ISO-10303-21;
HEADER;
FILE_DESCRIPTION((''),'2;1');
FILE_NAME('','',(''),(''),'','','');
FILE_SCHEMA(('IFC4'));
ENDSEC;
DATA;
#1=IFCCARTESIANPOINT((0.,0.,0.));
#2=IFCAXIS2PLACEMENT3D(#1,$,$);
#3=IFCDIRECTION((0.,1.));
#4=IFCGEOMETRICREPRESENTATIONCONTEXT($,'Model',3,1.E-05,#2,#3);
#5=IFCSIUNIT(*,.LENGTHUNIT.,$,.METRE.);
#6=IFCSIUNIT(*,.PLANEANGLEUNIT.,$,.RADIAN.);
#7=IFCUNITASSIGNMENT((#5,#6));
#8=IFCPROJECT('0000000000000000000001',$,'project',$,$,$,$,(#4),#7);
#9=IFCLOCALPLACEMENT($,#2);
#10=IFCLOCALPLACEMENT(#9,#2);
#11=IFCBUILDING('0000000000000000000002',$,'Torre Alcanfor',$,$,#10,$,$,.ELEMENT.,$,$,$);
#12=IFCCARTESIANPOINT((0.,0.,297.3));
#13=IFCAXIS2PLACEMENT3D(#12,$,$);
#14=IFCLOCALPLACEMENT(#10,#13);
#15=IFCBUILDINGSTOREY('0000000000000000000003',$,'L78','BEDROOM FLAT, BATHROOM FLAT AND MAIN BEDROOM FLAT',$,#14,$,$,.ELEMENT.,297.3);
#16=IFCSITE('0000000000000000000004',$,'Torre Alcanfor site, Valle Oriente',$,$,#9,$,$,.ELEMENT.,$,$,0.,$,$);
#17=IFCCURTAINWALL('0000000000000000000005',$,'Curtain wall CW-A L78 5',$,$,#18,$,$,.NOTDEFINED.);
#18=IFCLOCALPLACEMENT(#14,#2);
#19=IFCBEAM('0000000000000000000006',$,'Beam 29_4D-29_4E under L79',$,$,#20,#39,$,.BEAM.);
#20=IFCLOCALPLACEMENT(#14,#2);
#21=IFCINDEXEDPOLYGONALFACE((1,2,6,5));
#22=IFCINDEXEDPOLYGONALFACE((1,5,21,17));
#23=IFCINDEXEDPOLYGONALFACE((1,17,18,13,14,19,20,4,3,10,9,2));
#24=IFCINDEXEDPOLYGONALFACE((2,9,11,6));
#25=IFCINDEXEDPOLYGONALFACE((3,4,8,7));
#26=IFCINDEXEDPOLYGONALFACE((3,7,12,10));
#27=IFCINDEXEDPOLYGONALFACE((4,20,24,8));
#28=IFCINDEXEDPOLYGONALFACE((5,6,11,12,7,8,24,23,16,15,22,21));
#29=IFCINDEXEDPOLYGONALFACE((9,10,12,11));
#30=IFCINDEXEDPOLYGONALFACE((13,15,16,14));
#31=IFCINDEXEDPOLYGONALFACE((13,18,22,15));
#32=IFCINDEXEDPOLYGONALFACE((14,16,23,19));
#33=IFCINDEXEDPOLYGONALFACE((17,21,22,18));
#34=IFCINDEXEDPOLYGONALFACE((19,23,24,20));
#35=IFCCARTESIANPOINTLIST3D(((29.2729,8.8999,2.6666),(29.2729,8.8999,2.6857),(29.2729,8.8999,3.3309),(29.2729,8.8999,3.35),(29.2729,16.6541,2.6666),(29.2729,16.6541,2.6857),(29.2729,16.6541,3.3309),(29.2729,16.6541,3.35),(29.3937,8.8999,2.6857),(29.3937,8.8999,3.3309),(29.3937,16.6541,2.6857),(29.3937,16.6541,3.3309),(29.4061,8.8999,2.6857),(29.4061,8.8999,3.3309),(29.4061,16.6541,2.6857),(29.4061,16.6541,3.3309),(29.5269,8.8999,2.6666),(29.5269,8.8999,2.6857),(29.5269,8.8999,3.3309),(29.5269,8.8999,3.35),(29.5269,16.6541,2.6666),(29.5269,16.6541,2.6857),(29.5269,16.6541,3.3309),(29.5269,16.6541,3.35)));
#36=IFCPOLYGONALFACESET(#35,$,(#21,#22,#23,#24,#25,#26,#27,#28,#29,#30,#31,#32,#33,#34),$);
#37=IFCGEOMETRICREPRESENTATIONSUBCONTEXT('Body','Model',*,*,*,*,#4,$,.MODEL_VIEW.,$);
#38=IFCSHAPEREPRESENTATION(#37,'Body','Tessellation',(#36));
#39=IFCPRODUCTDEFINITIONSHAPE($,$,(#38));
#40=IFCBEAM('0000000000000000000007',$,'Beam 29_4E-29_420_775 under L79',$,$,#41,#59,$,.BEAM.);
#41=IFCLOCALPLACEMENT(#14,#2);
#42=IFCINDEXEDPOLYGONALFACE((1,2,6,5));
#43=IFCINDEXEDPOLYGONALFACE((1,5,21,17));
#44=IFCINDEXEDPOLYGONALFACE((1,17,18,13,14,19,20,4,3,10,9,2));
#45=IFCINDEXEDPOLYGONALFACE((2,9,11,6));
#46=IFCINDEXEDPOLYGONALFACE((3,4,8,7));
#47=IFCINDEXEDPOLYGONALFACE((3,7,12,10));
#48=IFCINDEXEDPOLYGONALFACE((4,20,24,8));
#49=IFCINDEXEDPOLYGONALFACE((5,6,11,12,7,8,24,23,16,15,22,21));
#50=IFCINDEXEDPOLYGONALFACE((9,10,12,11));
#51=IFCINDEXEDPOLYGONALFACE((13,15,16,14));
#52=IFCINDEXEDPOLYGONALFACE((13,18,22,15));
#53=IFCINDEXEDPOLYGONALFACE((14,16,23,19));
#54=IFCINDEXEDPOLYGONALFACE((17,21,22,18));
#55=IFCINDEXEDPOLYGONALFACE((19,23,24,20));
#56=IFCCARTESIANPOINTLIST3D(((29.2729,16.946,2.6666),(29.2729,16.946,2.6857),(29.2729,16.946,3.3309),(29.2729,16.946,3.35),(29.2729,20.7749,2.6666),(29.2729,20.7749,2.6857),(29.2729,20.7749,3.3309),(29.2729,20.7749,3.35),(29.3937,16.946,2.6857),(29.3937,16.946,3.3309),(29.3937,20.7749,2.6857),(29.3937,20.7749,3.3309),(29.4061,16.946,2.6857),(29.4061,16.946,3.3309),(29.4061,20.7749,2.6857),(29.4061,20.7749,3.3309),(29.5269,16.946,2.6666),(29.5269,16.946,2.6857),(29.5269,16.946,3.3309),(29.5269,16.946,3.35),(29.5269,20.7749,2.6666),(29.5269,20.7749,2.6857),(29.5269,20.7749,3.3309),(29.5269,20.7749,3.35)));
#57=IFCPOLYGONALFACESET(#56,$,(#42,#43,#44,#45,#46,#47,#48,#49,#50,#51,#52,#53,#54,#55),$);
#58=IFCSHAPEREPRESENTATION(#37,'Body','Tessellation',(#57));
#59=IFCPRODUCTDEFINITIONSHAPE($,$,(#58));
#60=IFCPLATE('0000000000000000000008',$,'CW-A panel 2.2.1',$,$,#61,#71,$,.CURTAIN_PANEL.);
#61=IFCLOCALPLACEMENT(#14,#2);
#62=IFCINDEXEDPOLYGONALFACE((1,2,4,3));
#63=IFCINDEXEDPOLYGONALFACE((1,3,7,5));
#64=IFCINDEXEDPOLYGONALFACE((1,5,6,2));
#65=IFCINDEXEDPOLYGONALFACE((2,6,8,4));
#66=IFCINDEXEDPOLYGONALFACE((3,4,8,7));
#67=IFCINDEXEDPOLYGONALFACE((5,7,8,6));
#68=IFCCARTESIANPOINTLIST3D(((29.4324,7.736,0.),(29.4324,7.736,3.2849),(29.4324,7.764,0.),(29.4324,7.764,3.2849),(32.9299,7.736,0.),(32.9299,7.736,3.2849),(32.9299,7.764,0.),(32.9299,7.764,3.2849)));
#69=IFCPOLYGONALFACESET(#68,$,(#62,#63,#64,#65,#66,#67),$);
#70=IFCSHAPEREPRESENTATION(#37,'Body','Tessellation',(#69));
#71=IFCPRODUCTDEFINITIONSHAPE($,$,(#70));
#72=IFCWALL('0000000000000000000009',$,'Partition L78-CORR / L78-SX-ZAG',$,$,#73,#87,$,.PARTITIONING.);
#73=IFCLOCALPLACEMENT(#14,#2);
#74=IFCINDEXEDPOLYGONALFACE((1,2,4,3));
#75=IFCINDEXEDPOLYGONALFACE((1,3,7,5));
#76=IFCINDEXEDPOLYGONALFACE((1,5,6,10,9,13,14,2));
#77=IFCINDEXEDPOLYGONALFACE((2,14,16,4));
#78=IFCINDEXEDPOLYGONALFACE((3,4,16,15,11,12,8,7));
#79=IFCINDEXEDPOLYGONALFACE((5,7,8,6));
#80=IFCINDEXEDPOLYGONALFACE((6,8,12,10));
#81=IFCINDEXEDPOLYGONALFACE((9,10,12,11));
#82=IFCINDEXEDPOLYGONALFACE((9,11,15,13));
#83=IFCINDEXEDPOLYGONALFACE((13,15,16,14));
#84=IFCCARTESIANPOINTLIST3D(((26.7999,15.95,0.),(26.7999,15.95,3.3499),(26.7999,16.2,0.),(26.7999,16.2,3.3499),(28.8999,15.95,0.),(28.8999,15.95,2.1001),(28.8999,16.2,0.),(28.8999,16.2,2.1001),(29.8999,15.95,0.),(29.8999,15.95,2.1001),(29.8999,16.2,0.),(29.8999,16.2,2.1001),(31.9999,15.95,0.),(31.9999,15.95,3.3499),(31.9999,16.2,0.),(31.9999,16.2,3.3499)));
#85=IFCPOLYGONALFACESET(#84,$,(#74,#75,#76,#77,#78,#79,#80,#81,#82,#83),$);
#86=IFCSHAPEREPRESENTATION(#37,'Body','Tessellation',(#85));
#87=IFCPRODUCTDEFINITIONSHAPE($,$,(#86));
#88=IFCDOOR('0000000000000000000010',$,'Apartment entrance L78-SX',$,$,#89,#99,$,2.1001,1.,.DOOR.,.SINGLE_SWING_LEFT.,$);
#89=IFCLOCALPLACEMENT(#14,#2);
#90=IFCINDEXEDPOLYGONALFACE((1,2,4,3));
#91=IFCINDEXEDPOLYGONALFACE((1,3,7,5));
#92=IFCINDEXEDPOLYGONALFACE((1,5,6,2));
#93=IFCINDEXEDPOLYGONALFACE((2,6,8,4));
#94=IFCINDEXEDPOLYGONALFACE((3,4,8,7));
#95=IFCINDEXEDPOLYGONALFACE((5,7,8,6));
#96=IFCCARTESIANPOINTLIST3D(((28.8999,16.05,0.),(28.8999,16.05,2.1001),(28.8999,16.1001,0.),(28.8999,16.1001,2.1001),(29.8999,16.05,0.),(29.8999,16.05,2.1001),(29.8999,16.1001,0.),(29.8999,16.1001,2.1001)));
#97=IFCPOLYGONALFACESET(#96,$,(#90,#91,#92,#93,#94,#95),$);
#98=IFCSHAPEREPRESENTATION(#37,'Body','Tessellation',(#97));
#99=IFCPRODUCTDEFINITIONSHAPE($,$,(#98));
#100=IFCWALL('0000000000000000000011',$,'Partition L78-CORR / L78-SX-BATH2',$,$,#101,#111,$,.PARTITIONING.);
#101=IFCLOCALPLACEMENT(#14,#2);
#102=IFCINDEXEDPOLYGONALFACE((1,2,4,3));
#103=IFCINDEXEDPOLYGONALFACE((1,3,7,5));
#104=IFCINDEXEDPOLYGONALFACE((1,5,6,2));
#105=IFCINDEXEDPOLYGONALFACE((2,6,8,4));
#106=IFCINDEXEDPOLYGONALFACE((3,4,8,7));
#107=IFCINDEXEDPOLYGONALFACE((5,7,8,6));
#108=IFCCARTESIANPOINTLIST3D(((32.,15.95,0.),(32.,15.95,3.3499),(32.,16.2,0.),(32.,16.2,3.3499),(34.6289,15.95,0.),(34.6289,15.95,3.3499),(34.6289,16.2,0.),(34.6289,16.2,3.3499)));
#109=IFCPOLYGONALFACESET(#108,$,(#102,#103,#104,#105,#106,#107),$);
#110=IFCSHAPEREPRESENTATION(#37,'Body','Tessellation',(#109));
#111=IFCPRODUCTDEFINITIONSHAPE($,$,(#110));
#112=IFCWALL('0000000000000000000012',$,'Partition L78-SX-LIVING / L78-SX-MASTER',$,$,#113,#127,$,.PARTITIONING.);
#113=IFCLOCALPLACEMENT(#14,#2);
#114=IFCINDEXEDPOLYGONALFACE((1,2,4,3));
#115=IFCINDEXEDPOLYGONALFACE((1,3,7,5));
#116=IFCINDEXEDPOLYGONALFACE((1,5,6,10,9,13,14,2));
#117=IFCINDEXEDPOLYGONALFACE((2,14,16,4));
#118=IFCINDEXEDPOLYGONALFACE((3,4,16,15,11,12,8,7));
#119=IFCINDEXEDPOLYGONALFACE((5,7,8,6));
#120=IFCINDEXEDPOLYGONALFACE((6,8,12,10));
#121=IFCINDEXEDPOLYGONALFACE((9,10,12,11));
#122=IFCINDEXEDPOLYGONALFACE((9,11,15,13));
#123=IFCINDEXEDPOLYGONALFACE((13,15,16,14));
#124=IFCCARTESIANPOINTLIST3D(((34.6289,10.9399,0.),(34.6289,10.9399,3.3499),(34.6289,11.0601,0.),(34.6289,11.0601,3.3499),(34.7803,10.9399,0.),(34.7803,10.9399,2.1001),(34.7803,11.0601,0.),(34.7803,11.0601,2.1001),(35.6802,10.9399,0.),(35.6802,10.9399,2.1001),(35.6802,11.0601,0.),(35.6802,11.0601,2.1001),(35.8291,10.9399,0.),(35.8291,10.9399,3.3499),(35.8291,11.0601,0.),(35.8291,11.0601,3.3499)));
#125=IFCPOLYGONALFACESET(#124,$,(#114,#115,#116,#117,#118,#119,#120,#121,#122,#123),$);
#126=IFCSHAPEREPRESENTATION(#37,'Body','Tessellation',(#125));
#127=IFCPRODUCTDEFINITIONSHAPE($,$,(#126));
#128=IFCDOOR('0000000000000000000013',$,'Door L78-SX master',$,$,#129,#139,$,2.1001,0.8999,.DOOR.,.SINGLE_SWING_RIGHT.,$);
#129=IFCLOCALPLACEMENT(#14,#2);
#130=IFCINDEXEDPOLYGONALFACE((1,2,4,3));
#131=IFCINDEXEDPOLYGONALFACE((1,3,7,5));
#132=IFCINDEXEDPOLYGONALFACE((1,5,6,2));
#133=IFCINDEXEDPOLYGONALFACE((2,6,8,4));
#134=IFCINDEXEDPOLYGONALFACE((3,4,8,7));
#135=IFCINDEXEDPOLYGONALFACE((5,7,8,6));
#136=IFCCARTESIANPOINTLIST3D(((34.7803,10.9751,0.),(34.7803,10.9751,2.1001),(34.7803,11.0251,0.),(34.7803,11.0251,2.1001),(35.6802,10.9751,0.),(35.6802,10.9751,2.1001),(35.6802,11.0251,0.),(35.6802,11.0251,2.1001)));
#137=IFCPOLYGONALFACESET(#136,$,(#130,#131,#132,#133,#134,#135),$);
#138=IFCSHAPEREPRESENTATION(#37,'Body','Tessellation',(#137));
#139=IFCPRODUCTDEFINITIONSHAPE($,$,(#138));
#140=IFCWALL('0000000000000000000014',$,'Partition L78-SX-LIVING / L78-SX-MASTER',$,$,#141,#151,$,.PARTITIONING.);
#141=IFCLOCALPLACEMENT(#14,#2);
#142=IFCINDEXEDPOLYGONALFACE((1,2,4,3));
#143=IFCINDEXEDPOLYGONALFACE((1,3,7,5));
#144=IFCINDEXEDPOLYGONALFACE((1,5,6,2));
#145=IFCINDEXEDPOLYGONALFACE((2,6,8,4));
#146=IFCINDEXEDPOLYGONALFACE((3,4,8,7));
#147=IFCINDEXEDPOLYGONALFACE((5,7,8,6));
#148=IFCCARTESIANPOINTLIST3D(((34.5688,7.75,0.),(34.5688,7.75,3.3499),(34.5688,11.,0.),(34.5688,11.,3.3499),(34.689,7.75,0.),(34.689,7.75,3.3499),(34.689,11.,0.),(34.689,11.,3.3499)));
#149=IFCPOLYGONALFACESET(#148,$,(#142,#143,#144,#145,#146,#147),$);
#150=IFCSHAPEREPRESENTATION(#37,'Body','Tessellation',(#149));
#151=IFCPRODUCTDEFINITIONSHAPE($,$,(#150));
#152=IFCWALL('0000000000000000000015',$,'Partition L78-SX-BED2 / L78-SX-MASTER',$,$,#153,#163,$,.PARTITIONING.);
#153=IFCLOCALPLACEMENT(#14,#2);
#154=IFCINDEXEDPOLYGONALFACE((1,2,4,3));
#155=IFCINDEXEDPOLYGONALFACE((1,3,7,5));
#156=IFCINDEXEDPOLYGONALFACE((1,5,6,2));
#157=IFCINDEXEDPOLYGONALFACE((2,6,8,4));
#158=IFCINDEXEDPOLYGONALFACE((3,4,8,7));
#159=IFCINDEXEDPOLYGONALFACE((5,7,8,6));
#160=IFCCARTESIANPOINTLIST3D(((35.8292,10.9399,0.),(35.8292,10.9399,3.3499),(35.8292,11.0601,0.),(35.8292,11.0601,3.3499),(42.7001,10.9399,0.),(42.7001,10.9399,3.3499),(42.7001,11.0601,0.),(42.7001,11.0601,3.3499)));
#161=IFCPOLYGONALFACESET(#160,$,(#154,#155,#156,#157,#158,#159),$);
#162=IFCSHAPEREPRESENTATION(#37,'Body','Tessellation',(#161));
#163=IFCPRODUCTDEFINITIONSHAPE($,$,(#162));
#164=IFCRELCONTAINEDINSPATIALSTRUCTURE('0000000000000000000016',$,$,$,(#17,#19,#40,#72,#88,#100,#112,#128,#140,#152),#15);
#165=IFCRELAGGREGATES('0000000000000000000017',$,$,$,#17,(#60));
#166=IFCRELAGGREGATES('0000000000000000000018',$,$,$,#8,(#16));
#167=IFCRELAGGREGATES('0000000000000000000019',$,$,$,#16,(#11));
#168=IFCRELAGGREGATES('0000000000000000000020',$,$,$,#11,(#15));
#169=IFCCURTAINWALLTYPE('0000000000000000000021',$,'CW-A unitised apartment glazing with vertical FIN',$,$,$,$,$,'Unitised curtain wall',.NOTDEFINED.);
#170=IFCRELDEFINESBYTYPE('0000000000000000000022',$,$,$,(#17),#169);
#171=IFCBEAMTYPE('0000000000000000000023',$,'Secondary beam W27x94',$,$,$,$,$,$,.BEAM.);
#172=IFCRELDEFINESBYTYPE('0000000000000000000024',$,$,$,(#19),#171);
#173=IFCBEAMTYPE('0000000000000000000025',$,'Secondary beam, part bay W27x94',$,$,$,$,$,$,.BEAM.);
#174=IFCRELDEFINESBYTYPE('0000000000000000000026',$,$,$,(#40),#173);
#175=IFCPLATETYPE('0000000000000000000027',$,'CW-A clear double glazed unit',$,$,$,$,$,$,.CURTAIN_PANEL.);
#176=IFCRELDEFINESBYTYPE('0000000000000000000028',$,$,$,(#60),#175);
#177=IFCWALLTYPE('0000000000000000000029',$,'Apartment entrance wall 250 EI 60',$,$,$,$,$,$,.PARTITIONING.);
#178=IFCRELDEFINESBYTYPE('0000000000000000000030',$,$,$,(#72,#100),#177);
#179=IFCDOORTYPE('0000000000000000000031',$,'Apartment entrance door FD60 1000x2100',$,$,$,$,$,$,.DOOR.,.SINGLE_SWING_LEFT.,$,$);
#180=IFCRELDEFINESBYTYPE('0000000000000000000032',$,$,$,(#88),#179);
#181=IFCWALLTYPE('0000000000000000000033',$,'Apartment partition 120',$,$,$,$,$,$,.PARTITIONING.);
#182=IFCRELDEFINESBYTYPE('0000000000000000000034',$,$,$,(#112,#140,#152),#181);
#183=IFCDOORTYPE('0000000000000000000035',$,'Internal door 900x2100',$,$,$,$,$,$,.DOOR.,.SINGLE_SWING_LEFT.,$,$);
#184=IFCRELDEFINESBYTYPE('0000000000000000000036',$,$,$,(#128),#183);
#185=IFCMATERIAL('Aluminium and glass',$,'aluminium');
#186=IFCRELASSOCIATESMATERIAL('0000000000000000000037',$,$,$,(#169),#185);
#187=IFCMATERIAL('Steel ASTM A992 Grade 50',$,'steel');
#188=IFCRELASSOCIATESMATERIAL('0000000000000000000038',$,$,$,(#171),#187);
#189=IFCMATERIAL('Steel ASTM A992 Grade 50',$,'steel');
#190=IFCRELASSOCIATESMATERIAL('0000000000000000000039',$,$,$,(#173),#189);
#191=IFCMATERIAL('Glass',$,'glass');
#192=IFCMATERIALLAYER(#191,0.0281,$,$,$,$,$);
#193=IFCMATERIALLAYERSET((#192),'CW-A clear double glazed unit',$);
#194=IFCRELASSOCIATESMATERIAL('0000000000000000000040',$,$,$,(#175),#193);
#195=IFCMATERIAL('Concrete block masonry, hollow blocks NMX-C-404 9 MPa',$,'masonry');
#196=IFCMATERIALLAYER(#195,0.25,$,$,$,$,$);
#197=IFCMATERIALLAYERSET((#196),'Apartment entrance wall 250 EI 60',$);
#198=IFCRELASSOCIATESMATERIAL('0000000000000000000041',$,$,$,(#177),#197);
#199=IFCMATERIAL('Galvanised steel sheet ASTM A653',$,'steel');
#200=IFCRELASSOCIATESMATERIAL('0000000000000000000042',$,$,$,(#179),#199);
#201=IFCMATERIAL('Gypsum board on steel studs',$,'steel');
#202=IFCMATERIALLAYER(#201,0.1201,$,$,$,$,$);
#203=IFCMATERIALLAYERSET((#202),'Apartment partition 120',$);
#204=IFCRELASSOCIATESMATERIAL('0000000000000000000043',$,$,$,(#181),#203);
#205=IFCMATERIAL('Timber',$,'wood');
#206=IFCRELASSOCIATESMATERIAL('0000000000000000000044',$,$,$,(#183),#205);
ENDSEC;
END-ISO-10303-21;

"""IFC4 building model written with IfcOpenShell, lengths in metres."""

from ifc_helpers import new_model, si_unit, direction, frame, frame_2d, origin, origin_2d, place, context, subcontext, project, spatial, rectangle, i_section, extrude, material, layer, layer_set, material_profile, profile_set, type_object, element, fill, aggregate, save


model = new_model("IFC4")

# Units and contexts
model_context = context("Model", 3, precision=1e-05, world=origin(), true_north=direction((0.0, 1.0)))
body_context = subcontext(model_context, "Body", "Model", "MODEL_VIEW")
ifc_project = project(units=[si_unit("LENGTHUNIT", "METRE"), si_unit("PLANEANGLEUNIT", "RADIAN")], contexts=[model_context])

# Site, building, storey
site_placement = place(None, origin())
site = spatial("IfcSite", under=ifc_project, at=site_placement, Name="Torre Alcanfor site, Valle Oriente", CompositionType="ELEMENT", RefElevation=0.0)
building_placement = place(site_placement, origin())
building = spatial("IfcBuilding", under=site, at=building_placement, Name="Torre Alcanfor", CompositionType="ELEMENT")
storey_placement = place(building_placement, frame((0.0, 0.0, 297.3)))
storey = spatial("IfcBuildingStorey", under=building, at=storey_placement, Name="L78", Description="BEDROOM FLAT, BATHROOM FLAT AND MAIN BEDROOM FLAT", CompositionType="ELEMENT", Elevation=297.3)

# Curtain wall
ifc_material_1 = material(Name="Aluminium and glass", Category="aluminium")
curtain_wall_type = type_object("IfcCurtainWallType", Name="CW-A unitised apartment glazing with vertical FIN", ElementType="Unitised curtain wall", PredefinedType="NOTDEFINED", material=ifc_material_1)
curtain_wall_placement = place(storey_placement, origin())
curtain_wall = element("IfcCurtainWall", 1, at=curtain_wall_placement, inside=storey, type_object=curtain_wall_type, Name="Curtain wall CW-A L78 5", PredefinedType="NOTDEFINED")

# Beams
ifc_material_2 = material(Name="Steel ASTM A992 Grade 50", Category="steel")
ifc_material_profile_1 = material_profile(ifc_material_2, i_section(OverallWidth=0.2539, OverallDepth=0.6833, WebThickness=0.0125, FlangeThickness=0.019, at=origin_2d()), Name="W27x94")
ifc_profile_set_1 = profile_set([ifc_material_profile_1], Name="Steel ASTM A992 Grade 50")
beam_type_1 = type_object("IfcBeamType", Name="Secondary beam W27x94", PredefinedType="BEAM", material=ifc_profile_set_1)
beam_1_placement = place(storey_placement, frame((29.3999, 8.8999, 3.0083), z_axis=(0.0, 1.0, 0.0), x_axis=(-1.0, 0.0, 0.0)))
element("IfcBeam", 2, at=beam_1_placement, inside=storey, type_object=beam_type_1, Name="Beam 29_4D-29_4E under L79", PredefinedType="BEAM", context=body_context, shape_type="SweptSolid", body=[
    extrude(i_section(OverallWidth=0.2539, OverallDepth=0.6833, WebThickness=0.0125, FlangeThickness=0.019, at=origin_2d()), origin(), (0.0, 0.0, 1.0), 7.7542),
])
ifc_material_3 = material(Name="Steel ASTM A992 Grade 50", Category="steel")
ifc_material_profile_2 = material_profile(ifc_material_3, i_section(OverallWidth=0.2539, OverallDepth=0.6833, WebThickness=0.0125, FlangeThickness=0.019, at=origin_2d()), Name="W27x94")
ifc_profile_set_2 = profile_set([ifc_material_profile_2], Name="Steel ASTM A992 Grade 50")
beam_type_2 = type_object("IfcBeamType", Name="Secondary beam, part bay W27x94", PredefinedType="BEAM", material=ifc_profile_set_2)
beam_2_placement = place(storey_placement, frame((29.3999, 16.946, 3.0083), z_axis=(0.0, 1.0, 0.0), x_axis=(-1.0, 0.0, 0.0)))
element("IfcBeam", 3, at=beam_2_placement, inside=storey, type_object=beam_type_2, Name="Beam 29_4E-29_420_775 under L79", PredefinedType="BEAM", context=body_context, shape_type="SweptSolid", body=[
    extrude(i_section(OverallWidth=0.2539, OverallDepth=0.6833, WebThickness=0.0125, FlangeThickness=0.019, at=origin_2d()), origin(), (0.0, 0.0, 1.0), 3.8289),
])

# Plate
ifc_material_4 = material(Name="Glass", Category="glass")
ifc_layer_1 = layer(ifc_material_4, 0.0281)
ifc_layer_set_1 = layer_set([ifc_layer_1], Name="CW-A clear double glazed unit")
plate_type = type_object("IfcPlateType", Name="CW-A clear double glazed unit", PredefinedType="CURTAIN_PANEL", material=ifc_layer_set_1)
plate_placement = place(storey_placement, frame((31.1812, 7.75, 0.0), z_axis=(0.0, 0.0, 1.0), x_axis=(1.0, 0.0, 0.0)))
plate = element("IfcPlate", 4, at=plate_placement, type_object=plate_type, Name="CW-A panel 2.2.1", PredefinedType="CURTAIN_PANEL", context=body_context, shape_type="SweptSolid", body=[
    extrude(rectangle(XDim=3.4976, YDim=0.0281, at=origin_2d()), origin(), (0.0, 0.0, 1.0), 3.2849),
])
aggregate(curtain_wall, [plate])

# Wall, opening, door
ifc_material_5 = material(Name="Concrete block masonry, hollow blocks NMX-C-404 9 MPa", Category="masonry")
ifc_layer_2 = layer(ifc_material_5, 0.25)
ifc_layer_set_2 = layer_set([ifc_layer_2], Name="Apartment entrance wall 250 EI 60")
wall_type_1 = type_object("IfcWallType", Name="Apartment entrance wall 250 EI 60", PredefinedType="PARTITIONING", material=ifc_layer_set_2)
wall_1_placement = place(storey_placement, frame((32.0, 16.075, 0.0), z_axis=(0.0, 0.0, 1.0), x_axis=(-1.0, 0.0, 0.0)))
wall_1 = element("IfcWall", 5, at=wall_1_placement, inside=storey, type_object=wall_type_1, Name="Partition L78-CORR / L78-SX-ZAG", PredefinedType="PARTITIONING", context=body_context, shape_type="SweptSolid", body=[
    extrude(rectangle(XDim=5.2, YDim=0.25, at=frame_2d((2.6001, 0.0))), origin(), (0.0, 0.0, 1.0), 3.3499),
])
opening_1_placement = place(wall_1_placement, frame((2.1001, 0.0, 0.0)))
opening_1 = element("IfcOpeningElement", 6, at=opening_1_placement, cuts=wall_1, PredefinedType="OPENING", context=body_context, shape_type="SweptSolid", body=[
    extrude(rectangle(XDim=1.0, YDim=2.1001, at=frame_2d((0.5, 1.05))), frame((0.0, 0.135, 0.0), z_axis=(0.0, -1.0, 0.0), x_axis=(1.0, 0.0, 0.0)), (0.0, 0.0, 1.0), 0.27),
])
ifc_material_6 = material(Name="Galvanised steel sheet ASTM A653", Category="steel")
door_type_1 = type_object("IfcDoorType", Name="Apartment entrance door FD60 1000x2100", OperationType="SINGLE_SWING_LEFT", PredefinedType="DOOR", material=ifc_material_6)
door_1_placement = place(opening_1_placement, origin())
door_1 = element("IfcDoor", 7, at=door_1_placement, inside=storey, type_object=door_type_1, Name="Apartment entrance L78-SX", OperationType="SINGLE_SWING_LEFT", OverallHeight=2.1001, OverallWidth=1.0, PredefinedType="DOOR", context=body_context, shape_type="SweptSolid", body=[
    extrude(rectangle(XDim=1.0, YDim=2.1001, at=frame_2d((0.5, 1.05))), frame((0.0, 0.0249, 0.0), z_axis=(0.0, -1.0, 0.0), x_axis=(1.0, 0.0, 0.0)), (0.0, 0.0, 1.0), 0.05),
])
fill(opening_1, door_1)

# Wall
wall_2_placement = place(storey_placement, frame((34.6289, 16.075, 0.0), z_axis=(0.0, 0.0, 1.0), x_axis=(-1.0, 0.0, 0.0)))
element("IfcWall", 8, at=wall_2_placement, inside=storey, type_object=wall_type_1, Name="Partition L78-CORR / L78-SX-BATH2", PredefinedType="PARTITIONING", context=body_context, shape_type="SweptSolid", body=[
    extrude(rectangle(XDim=2.6289, YDim=0.25, at=frame_2d((1.3145, 0.0))), origin(), (0.0, 0.0, 1.0), 3.3499),
])

# Wall, opening, door
ifc_material_7 = material(Name="Gypsum board on steel studs", Category="steel")
ifc_layer_3 = layer(ifc_material_7, 0.1201)
ifc_layer_set_3 = layer_set([ifc_layer_3], Name="Apartment partition 120")
wall_type_2 = type_object("IfcWallType", Name="Apartment partition 120", PredefinedType="PARTITIONING", material=ifc_layer_set_3)
wall_3_placement = place(storey_placement, frame((35.8291, 11.0, 0.0), z_axis=(0.0, 0.0, 1.0), x_axis=(-1.0, 0.0, 0.0)))
wall_3 = element("IfcWall", 9, at=wall_3_placement, inside=storey, type_object=wall_type_2, Name="Partition L78-SX-LIVING / L78-SX-MASTER", PredefinedType="PARTITIONING", context=body_context, shape_type="SweptSolid", body=[
    extrude(rectangle(XDim=1.2002, YDim=0.1201, at=frame_2d((0.6001, 0.0))), origin(), (0.0, 0.0, 1.0), 3.3499),
])
opening_2_placement = place(wall_3_placement, frame((0.1489, 0.0, 0.0)))
opening_2 = element("IfcOpeningElement", 10, at=opening_2_placement, cuts=wall_3, PredefinedType="OPENING", context=body_context, shape_type="SweptSolid", body=[
    extrude(rectangle(XDim=0.8999, YDim=2.1001, at=frame_2d((0.45, 1.05))), frame((0.0, 0.0701, 0.0), z_axis=(0.0, -1.0, 0.0), x_axis=(1.0, 0.0, 0.0)), (0.0, 0.0, 1.0), 0.1401),
])
ifc_material_8 = material(Name="Timber", Category="wood")
door_type_2 = type_object("IfcDoorType", Name="Internal door 900x2100", OperationType="SINGLE_SWING_LEFT", PredefinedType="DOOR", material=ifc_material_8)
door_2_placement = place(opening_2_placement, origin())
door_2 = element("IfcDoor", 11, at=door_2_placement, inside=storey, type_object=door_type_2, Name="Door L78-SX master", OperationType="SINGLE_SWING_RIGHT", OverallHeight=2.1001, OverallWidth=0.8999, PredefinedType="DOOR", context=body_context, shape_type="SweptSolid", body=[
    extrude(rectangle(XDim=0.8999, YDim=2.1001, at=frame_2d((0.45, 1.05))), frame((0.0, 0.0249, 0.0), z_axis=(0.0, -1.0, 0.0), x_axis=(1.0, 0.0, 0.0)), (0.0, 0.0, 1.0), 0.05),
])
fill(opening_2, door_2)

# Walls
wall_4_placement = place(storey_placement, frame((34.6289, 11.0, 0.0), z_axis=(0.0, 0.0, 1.0), x_axis=(0.0, -1.0, 0.0)))
element("IfcWall", 12, at=wall_4_placement, inside=storey, type_object=wall_type_2, Name="Partition L78-SX-LIVING / L78-SX-MASTER", PredefinedType="PARTITIONING", context=body_context, shape_type="SweptSolid", body=[
    extrude(rectangle(XDim=3.25, YDim=0.1201, at=frame_2d((1.625, 0.0))), origin(), (0.0, 0.0, 1.0), 3.3499),
])
wall_5_placement = place(storey_placement, frame((35.8291, 11.0, 0.0), z_axis=(0.0, 0.0, 1.0), x_axis=(1.0, 0.0, 0.0)))
element("IfcWall", 13, at=wall_5_placement, inside=storey, type_object=wall_type_2, Name="Partition L78-SX-BED2 / L78-SX-MASTER", PredefinedType="PARTITIONING", context=body_context, shape_type="SweptSolid", body=[
    extrude(rectangle(XDim=6.8708, YDim=0.1201, at=frame_2d((3.4355, 0.0))), origin(), (0.0, 0.0, 1.0), 3.3499),
])

save(model, "model.ifc")
